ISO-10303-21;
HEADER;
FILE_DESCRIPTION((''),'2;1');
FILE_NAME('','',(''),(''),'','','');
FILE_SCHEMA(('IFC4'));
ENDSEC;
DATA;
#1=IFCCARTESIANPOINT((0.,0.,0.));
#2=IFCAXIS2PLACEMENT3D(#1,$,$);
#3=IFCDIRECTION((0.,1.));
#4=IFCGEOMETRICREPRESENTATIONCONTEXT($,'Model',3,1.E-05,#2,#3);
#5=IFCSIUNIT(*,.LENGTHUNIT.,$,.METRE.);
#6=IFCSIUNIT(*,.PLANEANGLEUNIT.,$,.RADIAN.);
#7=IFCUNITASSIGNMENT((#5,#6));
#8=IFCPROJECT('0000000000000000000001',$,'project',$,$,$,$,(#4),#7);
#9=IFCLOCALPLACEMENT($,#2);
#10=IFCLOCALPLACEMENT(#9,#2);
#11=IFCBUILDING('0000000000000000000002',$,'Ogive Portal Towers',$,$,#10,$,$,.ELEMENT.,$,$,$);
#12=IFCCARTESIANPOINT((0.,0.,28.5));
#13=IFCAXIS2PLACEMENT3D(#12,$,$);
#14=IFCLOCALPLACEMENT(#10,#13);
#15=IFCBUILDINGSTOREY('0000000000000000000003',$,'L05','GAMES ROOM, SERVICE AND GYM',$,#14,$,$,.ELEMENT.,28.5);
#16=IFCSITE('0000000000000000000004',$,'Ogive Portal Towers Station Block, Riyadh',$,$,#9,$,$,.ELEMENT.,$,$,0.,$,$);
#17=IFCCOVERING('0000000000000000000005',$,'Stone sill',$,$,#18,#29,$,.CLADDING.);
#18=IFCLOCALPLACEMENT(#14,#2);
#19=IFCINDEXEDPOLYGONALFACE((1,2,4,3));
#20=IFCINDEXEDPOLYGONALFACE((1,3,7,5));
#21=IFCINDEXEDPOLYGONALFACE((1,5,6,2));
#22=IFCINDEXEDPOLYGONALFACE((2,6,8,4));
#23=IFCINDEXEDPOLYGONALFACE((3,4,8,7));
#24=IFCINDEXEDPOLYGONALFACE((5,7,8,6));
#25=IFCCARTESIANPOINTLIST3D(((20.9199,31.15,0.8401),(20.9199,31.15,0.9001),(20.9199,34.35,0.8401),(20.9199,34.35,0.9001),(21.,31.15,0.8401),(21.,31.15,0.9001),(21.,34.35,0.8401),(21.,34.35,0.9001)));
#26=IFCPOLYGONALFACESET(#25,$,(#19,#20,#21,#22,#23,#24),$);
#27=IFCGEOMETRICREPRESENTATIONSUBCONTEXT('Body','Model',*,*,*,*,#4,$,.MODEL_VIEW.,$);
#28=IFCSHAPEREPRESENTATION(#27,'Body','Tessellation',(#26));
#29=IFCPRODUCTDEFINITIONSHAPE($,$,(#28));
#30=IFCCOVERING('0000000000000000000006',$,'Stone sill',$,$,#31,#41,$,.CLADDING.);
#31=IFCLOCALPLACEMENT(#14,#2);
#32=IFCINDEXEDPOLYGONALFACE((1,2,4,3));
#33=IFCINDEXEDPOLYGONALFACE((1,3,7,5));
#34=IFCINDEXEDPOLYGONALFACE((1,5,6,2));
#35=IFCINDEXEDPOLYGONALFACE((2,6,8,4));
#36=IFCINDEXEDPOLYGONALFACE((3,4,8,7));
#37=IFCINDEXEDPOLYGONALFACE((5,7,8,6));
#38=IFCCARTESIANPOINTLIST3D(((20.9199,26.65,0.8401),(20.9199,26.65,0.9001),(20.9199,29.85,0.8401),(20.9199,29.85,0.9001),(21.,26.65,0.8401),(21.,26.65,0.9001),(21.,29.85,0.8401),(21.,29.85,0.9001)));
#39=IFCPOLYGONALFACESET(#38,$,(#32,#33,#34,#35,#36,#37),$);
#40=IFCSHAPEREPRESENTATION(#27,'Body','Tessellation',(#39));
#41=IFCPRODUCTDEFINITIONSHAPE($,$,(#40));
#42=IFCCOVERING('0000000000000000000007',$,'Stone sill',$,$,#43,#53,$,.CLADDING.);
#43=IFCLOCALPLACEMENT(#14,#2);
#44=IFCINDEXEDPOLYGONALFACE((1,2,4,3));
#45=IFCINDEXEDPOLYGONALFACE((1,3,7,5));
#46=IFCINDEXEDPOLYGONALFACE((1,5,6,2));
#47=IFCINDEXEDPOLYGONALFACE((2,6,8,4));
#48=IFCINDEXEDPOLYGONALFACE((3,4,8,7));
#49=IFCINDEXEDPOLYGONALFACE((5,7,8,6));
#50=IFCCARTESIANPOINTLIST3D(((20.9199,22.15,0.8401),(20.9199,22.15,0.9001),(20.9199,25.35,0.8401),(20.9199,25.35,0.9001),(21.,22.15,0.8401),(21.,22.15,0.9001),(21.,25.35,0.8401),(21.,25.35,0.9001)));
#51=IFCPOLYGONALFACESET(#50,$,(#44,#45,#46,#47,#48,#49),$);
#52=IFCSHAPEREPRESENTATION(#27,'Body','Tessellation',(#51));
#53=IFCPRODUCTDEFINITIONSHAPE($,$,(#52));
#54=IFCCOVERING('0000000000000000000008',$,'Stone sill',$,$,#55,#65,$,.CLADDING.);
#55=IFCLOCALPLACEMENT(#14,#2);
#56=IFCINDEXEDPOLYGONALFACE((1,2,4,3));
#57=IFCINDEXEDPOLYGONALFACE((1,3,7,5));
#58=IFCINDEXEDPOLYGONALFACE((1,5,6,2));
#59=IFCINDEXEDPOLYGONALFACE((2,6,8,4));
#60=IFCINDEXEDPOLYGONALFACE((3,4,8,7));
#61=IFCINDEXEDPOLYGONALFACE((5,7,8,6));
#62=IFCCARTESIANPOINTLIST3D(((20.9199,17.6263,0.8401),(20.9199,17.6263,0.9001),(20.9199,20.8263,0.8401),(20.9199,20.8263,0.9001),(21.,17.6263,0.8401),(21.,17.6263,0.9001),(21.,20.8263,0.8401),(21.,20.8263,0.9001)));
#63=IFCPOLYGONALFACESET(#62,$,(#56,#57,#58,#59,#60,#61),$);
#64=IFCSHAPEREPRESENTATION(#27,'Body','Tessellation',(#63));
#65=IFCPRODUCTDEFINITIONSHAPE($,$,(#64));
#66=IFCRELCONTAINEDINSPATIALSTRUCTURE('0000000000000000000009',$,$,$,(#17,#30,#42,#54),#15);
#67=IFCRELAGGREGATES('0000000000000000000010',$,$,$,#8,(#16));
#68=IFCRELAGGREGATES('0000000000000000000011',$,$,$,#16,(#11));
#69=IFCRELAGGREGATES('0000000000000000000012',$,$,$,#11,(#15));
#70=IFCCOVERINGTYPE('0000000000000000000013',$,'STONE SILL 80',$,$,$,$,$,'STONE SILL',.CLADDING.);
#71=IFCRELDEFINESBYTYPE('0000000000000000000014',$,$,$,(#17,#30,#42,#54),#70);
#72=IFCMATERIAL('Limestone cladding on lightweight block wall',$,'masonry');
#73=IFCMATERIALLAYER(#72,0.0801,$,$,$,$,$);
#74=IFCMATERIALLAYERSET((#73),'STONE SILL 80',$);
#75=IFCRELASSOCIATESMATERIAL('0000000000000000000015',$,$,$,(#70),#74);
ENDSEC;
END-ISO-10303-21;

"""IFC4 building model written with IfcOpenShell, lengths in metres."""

from ifc_helpers import new_model, si_unit, direction, frame, origin, origin_2d, place, context, subcontext, project, spatial, rectangle, extrude, material, layer, layer_set, type_object, element, save


model = new_model("IFC4")

# Units and contexts
model_context = context("Model", 3, precision=1e-05, world=origin(), true_north=direction((0.0, 1.0)))
body_context = subcontext(model_context, "Body", "Model", "MODEL_VIEW")
ifc_project = project(units=[si_unit("LENGTHUNIT", "METRE"), si_unit("PLANEANGLEUNIT", "RADIAN")], contexts=[model_context])

# Site, building, storey
site_placement = place(None, origin())
site = spatial("IfcSite", under=ifc_project, at=site_placement, Name="Ogive Portal Towers Station Block, Riyadh", CompositionType="ELEMENT", RefElevation=0.0)
building_placement = place(site_placement, origin())
building = spatial("IfcBuilding", under=site, at=building_placement, Name="Ogive Portal Towers", CompositionType="ELEMENT")
storey_placement = place(building_placement, frame((0.0, 0.0, 28.5)))
storey = spatial("IfcBuildingStorey", under=building, at=storey_placement, Name="L05", Description="GAMES ROOM, SERVICE AND GYM", CompositionType="ELEMENT", Elevation=28.5)

# Shared definitions
ifc_material_1 = material(Name="Limestone cladding on lightweight block wall", Category="masonry")

# Coverings
ifc_layer_1 = layer(ifc_material_1, 0.0801)
ifc_layer_set_1 = layer_set([ifc_layer_1], Name="STONE SILL 80")
covering_type = type_object("IfcCoveringType", Name="STONE SILL 80", ElementType="STONE SILL", PredefinedType="CLADDING", material=ifc_layer_set_1)
for number, where, z_axis, x_axis, name in (
    (1, (20.96, 32.75, 0.8401), (0.0, 0.0, 1.0), (0.0, -1.0, 0.0), "Stone sill"),
    (2, (20.96, 28.25, 0.8401), (0.0, 0.0, 1.0), (0.0, -1.0, 0.0), "Stone sill"),
    (3, (20.96, 23.75, 0.8401), (0.0, 0.0, 1.0), (0.0, -1.0, 0.0), "Stone sill"),
    (4, (20.96, 19.2263, 0.8401), (0.0, 0.0, 1.0), (0.0, -1.0, 0.0), "Stone sill"),
):
    element("IfcCovering", number, at=place(storey_placement, frame(where, z_axis=z_axis, x_axis=x_axis)), inside=storey, type_object=covering_type, Name=name, PredefinedType="CLADDING", context=body_context, shape_type="SweptSolid", body=[
        extrude(rectangle(XDim=3.2, YDim=0.0801, at=origin_2d()), origin(), (0.0, 0.0, 1.0), 0.0601),
    ])

save(model, "model.ifc")
